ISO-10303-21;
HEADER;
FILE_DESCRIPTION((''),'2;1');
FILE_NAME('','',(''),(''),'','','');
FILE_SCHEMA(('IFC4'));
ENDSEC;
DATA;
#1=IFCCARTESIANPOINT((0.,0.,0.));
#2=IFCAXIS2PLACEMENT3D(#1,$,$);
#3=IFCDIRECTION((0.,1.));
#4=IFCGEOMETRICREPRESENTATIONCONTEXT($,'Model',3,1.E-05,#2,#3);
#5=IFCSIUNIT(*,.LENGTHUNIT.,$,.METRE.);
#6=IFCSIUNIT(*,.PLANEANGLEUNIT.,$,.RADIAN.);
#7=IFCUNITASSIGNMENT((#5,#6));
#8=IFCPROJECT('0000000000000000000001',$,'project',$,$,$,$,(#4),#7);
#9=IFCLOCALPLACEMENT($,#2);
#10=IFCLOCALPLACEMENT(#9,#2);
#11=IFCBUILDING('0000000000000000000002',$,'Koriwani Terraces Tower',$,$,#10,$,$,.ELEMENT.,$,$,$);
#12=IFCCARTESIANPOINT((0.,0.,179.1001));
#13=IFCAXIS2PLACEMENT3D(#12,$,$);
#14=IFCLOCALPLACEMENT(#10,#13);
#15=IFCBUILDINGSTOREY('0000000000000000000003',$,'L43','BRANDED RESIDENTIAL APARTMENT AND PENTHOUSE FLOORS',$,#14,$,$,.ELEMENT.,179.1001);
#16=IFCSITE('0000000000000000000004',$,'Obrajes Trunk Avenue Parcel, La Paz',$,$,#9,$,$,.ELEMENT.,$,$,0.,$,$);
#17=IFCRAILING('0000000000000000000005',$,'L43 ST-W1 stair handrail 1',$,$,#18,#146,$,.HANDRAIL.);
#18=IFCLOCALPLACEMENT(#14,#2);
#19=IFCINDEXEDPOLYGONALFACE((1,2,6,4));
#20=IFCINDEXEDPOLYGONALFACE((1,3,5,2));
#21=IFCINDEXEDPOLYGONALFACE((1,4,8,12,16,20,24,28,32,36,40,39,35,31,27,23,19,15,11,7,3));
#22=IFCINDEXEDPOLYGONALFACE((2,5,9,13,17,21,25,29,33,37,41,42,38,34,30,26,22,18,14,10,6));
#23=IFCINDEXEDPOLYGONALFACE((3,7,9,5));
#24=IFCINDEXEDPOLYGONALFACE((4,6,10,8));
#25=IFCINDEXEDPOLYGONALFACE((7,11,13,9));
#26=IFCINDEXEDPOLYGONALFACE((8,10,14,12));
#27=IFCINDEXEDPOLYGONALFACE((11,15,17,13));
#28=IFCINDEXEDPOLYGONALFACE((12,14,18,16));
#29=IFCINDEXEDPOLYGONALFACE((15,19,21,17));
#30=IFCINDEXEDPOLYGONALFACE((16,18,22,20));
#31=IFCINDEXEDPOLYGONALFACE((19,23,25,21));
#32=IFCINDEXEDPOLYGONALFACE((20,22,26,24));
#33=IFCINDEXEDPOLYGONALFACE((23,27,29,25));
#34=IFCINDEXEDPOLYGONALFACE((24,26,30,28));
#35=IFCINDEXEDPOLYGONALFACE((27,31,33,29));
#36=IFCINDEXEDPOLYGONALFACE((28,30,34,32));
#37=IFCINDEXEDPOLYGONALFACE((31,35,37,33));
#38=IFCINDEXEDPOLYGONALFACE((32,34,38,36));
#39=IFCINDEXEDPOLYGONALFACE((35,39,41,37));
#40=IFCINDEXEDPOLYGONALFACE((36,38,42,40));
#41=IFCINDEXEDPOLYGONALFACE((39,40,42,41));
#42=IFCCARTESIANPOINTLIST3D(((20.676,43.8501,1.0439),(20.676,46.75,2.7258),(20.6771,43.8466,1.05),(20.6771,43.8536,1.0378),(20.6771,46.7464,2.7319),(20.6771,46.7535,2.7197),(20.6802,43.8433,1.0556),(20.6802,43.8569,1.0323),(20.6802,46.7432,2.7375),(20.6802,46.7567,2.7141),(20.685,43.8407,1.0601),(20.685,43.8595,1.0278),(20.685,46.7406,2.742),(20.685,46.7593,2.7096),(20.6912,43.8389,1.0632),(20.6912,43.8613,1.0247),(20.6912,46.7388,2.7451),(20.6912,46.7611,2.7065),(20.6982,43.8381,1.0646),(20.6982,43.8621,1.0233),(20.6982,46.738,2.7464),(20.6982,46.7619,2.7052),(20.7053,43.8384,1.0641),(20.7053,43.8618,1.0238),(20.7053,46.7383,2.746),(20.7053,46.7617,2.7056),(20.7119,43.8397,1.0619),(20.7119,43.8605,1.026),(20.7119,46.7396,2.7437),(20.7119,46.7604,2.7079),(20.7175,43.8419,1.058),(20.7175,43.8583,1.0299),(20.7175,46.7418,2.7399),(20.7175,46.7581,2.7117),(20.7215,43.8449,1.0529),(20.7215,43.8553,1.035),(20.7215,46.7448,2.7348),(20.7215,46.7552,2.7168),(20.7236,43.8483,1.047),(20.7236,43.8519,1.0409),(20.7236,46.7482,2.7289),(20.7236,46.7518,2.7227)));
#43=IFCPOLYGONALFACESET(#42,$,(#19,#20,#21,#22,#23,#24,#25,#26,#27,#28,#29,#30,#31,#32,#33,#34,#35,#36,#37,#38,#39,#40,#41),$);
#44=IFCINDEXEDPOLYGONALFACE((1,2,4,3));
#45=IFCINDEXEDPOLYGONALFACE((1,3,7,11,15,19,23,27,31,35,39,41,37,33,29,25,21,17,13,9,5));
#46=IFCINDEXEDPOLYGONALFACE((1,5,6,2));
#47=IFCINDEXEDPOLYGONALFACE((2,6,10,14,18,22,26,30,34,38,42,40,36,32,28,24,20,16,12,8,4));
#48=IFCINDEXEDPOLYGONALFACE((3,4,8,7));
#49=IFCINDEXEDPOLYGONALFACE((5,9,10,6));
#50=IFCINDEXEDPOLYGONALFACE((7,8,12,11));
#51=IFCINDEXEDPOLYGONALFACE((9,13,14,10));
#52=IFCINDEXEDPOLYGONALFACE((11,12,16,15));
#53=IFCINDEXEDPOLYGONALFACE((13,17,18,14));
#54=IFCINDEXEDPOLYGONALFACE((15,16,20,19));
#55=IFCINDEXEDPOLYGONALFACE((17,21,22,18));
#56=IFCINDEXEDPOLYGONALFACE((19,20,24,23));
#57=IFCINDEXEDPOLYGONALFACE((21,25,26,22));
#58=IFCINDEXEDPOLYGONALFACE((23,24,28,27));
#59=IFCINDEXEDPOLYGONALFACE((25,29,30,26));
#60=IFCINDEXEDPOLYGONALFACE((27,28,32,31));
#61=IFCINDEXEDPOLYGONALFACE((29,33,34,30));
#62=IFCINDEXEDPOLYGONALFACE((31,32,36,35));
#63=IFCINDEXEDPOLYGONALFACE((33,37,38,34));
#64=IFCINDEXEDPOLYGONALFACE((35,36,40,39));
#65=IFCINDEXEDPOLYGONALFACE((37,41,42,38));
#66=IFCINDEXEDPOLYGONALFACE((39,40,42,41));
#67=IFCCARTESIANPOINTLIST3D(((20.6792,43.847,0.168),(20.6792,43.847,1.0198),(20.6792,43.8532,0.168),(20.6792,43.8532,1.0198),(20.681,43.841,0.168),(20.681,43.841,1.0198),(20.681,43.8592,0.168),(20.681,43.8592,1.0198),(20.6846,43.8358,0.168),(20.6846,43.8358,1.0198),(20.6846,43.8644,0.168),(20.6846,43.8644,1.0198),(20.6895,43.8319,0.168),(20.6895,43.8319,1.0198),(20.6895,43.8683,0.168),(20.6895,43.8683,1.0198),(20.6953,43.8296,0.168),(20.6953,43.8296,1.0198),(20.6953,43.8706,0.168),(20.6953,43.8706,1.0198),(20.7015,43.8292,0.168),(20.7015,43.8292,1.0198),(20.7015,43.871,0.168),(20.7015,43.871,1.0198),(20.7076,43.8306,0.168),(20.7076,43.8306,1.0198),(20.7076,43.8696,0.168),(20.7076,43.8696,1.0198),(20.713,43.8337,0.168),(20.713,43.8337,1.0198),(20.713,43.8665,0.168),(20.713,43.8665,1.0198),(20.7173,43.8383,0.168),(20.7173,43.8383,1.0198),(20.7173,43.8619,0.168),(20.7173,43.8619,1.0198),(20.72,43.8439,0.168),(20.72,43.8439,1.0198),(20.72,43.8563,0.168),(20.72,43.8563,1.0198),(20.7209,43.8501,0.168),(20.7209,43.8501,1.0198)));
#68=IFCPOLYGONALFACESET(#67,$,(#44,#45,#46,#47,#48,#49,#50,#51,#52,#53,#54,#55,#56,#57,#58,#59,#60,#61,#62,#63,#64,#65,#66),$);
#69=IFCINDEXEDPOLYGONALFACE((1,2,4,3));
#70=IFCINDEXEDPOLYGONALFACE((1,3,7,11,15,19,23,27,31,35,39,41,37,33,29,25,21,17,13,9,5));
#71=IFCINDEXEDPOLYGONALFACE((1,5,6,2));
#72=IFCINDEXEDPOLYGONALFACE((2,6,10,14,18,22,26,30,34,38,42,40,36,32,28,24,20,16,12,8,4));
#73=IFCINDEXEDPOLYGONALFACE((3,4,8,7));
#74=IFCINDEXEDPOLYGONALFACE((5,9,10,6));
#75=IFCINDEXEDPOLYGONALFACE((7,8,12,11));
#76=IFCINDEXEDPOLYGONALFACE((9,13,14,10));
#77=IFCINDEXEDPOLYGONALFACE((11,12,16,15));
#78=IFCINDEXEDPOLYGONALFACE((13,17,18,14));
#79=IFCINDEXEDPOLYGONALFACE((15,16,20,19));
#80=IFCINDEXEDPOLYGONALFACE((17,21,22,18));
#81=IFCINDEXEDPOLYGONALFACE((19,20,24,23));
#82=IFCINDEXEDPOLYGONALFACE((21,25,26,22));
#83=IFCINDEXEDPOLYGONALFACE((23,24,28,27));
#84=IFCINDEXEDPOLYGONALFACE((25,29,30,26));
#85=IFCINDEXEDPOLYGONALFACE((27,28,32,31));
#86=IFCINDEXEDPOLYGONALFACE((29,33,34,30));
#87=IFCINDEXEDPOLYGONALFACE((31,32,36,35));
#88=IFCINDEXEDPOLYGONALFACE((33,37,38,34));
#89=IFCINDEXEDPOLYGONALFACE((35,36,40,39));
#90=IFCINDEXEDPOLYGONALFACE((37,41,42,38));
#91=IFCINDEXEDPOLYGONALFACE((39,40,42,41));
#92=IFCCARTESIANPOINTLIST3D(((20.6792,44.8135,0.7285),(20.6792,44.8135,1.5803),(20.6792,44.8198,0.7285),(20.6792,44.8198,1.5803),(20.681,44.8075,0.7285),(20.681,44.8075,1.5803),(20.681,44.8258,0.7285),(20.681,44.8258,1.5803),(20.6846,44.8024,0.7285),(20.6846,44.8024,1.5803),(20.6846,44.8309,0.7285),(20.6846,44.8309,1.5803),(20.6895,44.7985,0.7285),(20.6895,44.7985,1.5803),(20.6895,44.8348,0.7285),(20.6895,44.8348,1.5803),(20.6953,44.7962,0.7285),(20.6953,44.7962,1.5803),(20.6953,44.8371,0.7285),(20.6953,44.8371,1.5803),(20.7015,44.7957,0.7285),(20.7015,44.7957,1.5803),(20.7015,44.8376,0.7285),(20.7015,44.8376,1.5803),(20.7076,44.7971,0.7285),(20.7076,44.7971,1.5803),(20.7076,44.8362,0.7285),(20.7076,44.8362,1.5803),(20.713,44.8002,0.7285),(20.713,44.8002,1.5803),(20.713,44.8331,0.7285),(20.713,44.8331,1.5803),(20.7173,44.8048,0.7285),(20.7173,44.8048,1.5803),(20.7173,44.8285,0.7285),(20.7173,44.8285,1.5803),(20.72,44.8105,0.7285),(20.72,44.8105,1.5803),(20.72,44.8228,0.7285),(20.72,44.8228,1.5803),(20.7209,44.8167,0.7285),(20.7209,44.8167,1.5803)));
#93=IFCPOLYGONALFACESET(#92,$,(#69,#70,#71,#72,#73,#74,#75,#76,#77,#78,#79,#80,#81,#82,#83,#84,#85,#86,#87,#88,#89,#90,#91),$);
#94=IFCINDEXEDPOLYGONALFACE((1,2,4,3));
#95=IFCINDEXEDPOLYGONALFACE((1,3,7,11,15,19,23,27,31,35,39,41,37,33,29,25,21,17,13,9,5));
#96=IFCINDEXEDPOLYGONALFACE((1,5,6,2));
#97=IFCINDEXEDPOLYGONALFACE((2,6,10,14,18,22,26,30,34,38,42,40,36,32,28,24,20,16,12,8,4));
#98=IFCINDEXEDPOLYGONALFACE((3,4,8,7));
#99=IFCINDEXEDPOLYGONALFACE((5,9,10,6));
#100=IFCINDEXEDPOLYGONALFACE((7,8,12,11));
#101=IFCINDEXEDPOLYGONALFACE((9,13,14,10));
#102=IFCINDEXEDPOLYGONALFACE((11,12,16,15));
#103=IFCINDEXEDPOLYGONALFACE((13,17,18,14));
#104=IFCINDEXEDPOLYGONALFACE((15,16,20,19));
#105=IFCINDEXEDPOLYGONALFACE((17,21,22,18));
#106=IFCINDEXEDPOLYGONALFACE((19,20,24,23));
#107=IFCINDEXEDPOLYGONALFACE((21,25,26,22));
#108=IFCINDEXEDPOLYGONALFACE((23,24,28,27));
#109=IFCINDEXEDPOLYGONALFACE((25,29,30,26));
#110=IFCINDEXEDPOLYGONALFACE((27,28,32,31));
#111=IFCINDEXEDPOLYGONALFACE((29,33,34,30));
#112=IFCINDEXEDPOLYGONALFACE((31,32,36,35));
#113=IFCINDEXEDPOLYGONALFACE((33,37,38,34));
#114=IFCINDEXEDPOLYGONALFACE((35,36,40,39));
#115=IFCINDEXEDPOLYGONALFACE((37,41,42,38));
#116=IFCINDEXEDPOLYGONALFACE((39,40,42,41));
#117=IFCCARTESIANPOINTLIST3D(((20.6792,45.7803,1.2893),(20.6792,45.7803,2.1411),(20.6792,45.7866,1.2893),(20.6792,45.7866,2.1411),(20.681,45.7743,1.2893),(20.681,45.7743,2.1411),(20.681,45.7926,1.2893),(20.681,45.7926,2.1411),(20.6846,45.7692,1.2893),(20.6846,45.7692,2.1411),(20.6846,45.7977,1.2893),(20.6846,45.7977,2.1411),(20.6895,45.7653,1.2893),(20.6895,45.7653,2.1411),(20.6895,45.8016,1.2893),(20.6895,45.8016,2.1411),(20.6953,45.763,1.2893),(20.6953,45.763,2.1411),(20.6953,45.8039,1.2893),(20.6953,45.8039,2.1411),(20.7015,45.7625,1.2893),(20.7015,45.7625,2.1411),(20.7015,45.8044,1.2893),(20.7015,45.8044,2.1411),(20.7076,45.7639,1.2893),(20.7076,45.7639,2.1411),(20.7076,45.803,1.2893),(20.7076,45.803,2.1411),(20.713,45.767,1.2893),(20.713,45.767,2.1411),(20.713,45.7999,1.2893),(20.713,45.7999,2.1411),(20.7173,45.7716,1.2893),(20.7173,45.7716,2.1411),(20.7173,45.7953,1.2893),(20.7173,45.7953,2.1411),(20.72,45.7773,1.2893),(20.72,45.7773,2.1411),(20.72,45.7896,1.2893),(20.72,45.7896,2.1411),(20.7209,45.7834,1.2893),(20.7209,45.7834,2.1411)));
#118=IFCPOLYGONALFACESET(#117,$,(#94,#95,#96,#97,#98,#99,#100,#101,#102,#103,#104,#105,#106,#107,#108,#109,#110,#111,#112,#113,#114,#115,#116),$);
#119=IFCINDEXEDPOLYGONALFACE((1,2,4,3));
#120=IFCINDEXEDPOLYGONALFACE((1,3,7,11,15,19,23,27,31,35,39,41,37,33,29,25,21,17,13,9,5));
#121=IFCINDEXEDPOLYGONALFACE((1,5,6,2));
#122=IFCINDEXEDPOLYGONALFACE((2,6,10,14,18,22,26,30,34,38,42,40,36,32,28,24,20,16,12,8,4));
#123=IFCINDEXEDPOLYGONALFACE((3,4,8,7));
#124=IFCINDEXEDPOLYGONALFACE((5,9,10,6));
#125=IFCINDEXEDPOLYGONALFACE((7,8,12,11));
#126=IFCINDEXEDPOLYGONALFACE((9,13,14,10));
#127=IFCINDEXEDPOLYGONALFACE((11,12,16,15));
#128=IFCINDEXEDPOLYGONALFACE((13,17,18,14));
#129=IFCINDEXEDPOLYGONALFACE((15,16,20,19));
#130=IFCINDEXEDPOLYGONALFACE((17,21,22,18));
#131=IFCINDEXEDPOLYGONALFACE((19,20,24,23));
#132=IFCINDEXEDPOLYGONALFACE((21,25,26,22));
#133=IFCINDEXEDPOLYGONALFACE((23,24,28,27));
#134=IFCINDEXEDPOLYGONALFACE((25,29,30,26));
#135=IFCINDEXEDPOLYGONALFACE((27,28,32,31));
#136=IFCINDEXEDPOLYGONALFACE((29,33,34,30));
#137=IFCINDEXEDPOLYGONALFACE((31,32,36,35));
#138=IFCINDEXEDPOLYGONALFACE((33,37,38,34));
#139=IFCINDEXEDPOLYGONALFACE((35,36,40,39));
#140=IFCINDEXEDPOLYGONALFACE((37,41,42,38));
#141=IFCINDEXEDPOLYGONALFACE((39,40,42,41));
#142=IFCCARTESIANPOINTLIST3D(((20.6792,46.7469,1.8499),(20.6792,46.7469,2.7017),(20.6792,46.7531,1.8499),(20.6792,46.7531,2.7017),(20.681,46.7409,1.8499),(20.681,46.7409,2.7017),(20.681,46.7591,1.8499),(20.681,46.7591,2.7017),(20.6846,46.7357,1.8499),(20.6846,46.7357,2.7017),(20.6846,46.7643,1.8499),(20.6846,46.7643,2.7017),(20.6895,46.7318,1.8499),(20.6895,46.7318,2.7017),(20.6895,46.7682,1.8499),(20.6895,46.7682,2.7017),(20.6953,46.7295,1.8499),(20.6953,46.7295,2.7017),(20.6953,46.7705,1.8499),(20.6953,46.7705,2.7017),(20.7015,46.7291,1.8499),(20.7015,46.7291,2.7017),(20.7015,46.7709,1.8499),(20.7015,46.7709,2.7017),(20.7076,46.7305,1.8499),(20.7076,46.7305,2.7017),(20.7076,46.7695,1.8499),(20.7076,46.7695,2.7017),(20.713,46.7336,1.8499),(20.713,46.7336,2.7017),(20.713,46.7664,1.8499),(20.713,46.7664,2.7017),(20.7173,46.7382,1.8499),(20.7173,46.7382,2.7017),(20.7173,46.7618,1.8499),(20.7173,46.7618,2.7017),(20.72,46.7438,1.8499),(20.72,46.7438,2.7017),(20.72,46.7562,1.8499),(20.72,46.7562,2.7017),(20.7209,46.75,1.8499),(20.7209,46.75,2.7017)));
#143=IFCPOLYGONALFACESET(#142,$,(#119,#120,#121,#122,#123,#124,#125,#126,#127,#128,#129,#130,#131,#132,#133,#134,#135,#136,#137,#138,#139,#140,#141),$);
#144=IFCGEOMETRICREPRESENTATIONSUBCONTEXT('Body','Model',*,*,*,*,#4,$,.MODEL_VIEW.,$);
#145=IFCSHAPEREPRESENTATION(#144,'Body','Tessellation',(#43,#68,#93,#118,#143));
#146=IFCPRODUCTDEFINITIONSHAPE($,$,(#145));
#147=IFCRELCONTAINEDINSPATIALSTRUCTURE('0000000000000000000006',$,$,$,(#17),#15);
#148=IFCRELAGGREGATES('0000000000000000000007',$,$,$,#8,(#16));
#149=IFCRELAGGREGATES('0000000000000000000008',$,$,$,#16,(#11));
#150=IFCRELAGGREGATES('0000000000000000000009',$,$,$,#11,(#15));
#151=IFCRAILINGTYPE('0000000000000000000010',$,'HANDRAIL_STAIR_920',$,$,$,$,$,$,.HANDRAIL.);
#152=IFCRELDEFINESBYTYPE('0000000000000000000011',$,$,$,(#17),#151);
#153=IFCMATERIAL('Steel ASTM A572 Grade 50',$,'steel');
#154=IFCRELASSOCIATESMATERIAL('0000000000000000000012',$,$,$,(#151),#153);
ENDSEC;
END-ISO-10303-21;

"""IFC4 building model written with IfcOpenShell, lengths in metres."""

from ifc_helpers import new_model, si_unit, direction, frame, origin, origin_2d, place, context, subcontext, project, spatial, circle, extrude, material, type_object, element, save


model = new_model("IFC4")

# Units and contexts
model_context = context("Model", 3, precision=1e-05, world=origin(), true_north=direction((0.0, 1.0)))
body_context = subcontext(model_context, "Body", "Model", "MODEL_VIEW")
ifc_project = project(units=[si_unit("LENGTHUNIT", "METRE"), si_unit("PLANEANGLEUNIT", "RADIAN")], contexts=[model_context])

# Site, building, storey
site_placement = place(None, origin())
site = spatial("IfcSite", under=ifc_project, at=site_placement, Name="Obrajes Trunk Avenue Parcel, La Paz", CompositionType="ELEMENT", RefElevation=0.0)
building_placement = place(site_placement, origin())
building = spatial("IfcBuilding", under=site, at=building_placement, Name="Koriwani Terraces Tower", CompositionType="ELEMENT")
storey_placement = place(building_placement, frame((0.0, 0.0, 179.1001)))
storey = spatial("IfcBuildingStorey", under=building, at=storey_placement, Name="L43", Description="BRANDED RESIDENTIAL APARTMENT AND PENTHOUSE FLOORS", CompositionType="ELEMENT", Elevation=179.1001)

# Shared definitions
ifc_material_1 = material(Name="Steel ASTM A572 Grade 50", Category="steel")

# Railing
railing_type_1 = type_object("IfcRailingType", Name="HANDRAIL_STAIR_920", PredefinedType="HANDRAIL", material=ifc_material_1)
railing_1_placement = place(storey_placement, frame((20.7, 43.8501, 0.168)))
element("IfcRailing", 1, at=railing_1_placement, inside=storey, type_object=railing_type_1, Name="L43 ST-W1 stair handrail 1", PredefinedType="HANDRAIL", context=body_context, shape_type="SweptSolid", body=[
    extrude(circle(Radius=0.0239, at=origin_2d()), frame((0.0, 0.0, 0.876), z_axis=(0.0, 0.865039, 0.501705), x_axis=(-1.0, 0.0, 0.0)), (0.0, 0.0, 1.0), 3.3523),
    extrude(circle(Radius=0.021, at=origin_2d()), origin(), (0.0, 0.0, 1.0), 0.8518),
    extrude(circle(Radius=0.021, at=origin_2d()), frame((0.0, 0.9666, 0.5605)), (0.0, 0.0, 1.0), 0.8518),
    extrude(circle(Radius=0.021, at=origin_2d()), frame((0.0, 1.9333, 1.1213)), (0.0, 0.0, 1.0), 0.8518),
    extrude(circle(Radius=0.021, at=origin_2d()), frame((0.0, 2.8999, 1.6819)), (0.0, 0.0, 1.0), 0.8518),
])

save(model, "model.ifc")
